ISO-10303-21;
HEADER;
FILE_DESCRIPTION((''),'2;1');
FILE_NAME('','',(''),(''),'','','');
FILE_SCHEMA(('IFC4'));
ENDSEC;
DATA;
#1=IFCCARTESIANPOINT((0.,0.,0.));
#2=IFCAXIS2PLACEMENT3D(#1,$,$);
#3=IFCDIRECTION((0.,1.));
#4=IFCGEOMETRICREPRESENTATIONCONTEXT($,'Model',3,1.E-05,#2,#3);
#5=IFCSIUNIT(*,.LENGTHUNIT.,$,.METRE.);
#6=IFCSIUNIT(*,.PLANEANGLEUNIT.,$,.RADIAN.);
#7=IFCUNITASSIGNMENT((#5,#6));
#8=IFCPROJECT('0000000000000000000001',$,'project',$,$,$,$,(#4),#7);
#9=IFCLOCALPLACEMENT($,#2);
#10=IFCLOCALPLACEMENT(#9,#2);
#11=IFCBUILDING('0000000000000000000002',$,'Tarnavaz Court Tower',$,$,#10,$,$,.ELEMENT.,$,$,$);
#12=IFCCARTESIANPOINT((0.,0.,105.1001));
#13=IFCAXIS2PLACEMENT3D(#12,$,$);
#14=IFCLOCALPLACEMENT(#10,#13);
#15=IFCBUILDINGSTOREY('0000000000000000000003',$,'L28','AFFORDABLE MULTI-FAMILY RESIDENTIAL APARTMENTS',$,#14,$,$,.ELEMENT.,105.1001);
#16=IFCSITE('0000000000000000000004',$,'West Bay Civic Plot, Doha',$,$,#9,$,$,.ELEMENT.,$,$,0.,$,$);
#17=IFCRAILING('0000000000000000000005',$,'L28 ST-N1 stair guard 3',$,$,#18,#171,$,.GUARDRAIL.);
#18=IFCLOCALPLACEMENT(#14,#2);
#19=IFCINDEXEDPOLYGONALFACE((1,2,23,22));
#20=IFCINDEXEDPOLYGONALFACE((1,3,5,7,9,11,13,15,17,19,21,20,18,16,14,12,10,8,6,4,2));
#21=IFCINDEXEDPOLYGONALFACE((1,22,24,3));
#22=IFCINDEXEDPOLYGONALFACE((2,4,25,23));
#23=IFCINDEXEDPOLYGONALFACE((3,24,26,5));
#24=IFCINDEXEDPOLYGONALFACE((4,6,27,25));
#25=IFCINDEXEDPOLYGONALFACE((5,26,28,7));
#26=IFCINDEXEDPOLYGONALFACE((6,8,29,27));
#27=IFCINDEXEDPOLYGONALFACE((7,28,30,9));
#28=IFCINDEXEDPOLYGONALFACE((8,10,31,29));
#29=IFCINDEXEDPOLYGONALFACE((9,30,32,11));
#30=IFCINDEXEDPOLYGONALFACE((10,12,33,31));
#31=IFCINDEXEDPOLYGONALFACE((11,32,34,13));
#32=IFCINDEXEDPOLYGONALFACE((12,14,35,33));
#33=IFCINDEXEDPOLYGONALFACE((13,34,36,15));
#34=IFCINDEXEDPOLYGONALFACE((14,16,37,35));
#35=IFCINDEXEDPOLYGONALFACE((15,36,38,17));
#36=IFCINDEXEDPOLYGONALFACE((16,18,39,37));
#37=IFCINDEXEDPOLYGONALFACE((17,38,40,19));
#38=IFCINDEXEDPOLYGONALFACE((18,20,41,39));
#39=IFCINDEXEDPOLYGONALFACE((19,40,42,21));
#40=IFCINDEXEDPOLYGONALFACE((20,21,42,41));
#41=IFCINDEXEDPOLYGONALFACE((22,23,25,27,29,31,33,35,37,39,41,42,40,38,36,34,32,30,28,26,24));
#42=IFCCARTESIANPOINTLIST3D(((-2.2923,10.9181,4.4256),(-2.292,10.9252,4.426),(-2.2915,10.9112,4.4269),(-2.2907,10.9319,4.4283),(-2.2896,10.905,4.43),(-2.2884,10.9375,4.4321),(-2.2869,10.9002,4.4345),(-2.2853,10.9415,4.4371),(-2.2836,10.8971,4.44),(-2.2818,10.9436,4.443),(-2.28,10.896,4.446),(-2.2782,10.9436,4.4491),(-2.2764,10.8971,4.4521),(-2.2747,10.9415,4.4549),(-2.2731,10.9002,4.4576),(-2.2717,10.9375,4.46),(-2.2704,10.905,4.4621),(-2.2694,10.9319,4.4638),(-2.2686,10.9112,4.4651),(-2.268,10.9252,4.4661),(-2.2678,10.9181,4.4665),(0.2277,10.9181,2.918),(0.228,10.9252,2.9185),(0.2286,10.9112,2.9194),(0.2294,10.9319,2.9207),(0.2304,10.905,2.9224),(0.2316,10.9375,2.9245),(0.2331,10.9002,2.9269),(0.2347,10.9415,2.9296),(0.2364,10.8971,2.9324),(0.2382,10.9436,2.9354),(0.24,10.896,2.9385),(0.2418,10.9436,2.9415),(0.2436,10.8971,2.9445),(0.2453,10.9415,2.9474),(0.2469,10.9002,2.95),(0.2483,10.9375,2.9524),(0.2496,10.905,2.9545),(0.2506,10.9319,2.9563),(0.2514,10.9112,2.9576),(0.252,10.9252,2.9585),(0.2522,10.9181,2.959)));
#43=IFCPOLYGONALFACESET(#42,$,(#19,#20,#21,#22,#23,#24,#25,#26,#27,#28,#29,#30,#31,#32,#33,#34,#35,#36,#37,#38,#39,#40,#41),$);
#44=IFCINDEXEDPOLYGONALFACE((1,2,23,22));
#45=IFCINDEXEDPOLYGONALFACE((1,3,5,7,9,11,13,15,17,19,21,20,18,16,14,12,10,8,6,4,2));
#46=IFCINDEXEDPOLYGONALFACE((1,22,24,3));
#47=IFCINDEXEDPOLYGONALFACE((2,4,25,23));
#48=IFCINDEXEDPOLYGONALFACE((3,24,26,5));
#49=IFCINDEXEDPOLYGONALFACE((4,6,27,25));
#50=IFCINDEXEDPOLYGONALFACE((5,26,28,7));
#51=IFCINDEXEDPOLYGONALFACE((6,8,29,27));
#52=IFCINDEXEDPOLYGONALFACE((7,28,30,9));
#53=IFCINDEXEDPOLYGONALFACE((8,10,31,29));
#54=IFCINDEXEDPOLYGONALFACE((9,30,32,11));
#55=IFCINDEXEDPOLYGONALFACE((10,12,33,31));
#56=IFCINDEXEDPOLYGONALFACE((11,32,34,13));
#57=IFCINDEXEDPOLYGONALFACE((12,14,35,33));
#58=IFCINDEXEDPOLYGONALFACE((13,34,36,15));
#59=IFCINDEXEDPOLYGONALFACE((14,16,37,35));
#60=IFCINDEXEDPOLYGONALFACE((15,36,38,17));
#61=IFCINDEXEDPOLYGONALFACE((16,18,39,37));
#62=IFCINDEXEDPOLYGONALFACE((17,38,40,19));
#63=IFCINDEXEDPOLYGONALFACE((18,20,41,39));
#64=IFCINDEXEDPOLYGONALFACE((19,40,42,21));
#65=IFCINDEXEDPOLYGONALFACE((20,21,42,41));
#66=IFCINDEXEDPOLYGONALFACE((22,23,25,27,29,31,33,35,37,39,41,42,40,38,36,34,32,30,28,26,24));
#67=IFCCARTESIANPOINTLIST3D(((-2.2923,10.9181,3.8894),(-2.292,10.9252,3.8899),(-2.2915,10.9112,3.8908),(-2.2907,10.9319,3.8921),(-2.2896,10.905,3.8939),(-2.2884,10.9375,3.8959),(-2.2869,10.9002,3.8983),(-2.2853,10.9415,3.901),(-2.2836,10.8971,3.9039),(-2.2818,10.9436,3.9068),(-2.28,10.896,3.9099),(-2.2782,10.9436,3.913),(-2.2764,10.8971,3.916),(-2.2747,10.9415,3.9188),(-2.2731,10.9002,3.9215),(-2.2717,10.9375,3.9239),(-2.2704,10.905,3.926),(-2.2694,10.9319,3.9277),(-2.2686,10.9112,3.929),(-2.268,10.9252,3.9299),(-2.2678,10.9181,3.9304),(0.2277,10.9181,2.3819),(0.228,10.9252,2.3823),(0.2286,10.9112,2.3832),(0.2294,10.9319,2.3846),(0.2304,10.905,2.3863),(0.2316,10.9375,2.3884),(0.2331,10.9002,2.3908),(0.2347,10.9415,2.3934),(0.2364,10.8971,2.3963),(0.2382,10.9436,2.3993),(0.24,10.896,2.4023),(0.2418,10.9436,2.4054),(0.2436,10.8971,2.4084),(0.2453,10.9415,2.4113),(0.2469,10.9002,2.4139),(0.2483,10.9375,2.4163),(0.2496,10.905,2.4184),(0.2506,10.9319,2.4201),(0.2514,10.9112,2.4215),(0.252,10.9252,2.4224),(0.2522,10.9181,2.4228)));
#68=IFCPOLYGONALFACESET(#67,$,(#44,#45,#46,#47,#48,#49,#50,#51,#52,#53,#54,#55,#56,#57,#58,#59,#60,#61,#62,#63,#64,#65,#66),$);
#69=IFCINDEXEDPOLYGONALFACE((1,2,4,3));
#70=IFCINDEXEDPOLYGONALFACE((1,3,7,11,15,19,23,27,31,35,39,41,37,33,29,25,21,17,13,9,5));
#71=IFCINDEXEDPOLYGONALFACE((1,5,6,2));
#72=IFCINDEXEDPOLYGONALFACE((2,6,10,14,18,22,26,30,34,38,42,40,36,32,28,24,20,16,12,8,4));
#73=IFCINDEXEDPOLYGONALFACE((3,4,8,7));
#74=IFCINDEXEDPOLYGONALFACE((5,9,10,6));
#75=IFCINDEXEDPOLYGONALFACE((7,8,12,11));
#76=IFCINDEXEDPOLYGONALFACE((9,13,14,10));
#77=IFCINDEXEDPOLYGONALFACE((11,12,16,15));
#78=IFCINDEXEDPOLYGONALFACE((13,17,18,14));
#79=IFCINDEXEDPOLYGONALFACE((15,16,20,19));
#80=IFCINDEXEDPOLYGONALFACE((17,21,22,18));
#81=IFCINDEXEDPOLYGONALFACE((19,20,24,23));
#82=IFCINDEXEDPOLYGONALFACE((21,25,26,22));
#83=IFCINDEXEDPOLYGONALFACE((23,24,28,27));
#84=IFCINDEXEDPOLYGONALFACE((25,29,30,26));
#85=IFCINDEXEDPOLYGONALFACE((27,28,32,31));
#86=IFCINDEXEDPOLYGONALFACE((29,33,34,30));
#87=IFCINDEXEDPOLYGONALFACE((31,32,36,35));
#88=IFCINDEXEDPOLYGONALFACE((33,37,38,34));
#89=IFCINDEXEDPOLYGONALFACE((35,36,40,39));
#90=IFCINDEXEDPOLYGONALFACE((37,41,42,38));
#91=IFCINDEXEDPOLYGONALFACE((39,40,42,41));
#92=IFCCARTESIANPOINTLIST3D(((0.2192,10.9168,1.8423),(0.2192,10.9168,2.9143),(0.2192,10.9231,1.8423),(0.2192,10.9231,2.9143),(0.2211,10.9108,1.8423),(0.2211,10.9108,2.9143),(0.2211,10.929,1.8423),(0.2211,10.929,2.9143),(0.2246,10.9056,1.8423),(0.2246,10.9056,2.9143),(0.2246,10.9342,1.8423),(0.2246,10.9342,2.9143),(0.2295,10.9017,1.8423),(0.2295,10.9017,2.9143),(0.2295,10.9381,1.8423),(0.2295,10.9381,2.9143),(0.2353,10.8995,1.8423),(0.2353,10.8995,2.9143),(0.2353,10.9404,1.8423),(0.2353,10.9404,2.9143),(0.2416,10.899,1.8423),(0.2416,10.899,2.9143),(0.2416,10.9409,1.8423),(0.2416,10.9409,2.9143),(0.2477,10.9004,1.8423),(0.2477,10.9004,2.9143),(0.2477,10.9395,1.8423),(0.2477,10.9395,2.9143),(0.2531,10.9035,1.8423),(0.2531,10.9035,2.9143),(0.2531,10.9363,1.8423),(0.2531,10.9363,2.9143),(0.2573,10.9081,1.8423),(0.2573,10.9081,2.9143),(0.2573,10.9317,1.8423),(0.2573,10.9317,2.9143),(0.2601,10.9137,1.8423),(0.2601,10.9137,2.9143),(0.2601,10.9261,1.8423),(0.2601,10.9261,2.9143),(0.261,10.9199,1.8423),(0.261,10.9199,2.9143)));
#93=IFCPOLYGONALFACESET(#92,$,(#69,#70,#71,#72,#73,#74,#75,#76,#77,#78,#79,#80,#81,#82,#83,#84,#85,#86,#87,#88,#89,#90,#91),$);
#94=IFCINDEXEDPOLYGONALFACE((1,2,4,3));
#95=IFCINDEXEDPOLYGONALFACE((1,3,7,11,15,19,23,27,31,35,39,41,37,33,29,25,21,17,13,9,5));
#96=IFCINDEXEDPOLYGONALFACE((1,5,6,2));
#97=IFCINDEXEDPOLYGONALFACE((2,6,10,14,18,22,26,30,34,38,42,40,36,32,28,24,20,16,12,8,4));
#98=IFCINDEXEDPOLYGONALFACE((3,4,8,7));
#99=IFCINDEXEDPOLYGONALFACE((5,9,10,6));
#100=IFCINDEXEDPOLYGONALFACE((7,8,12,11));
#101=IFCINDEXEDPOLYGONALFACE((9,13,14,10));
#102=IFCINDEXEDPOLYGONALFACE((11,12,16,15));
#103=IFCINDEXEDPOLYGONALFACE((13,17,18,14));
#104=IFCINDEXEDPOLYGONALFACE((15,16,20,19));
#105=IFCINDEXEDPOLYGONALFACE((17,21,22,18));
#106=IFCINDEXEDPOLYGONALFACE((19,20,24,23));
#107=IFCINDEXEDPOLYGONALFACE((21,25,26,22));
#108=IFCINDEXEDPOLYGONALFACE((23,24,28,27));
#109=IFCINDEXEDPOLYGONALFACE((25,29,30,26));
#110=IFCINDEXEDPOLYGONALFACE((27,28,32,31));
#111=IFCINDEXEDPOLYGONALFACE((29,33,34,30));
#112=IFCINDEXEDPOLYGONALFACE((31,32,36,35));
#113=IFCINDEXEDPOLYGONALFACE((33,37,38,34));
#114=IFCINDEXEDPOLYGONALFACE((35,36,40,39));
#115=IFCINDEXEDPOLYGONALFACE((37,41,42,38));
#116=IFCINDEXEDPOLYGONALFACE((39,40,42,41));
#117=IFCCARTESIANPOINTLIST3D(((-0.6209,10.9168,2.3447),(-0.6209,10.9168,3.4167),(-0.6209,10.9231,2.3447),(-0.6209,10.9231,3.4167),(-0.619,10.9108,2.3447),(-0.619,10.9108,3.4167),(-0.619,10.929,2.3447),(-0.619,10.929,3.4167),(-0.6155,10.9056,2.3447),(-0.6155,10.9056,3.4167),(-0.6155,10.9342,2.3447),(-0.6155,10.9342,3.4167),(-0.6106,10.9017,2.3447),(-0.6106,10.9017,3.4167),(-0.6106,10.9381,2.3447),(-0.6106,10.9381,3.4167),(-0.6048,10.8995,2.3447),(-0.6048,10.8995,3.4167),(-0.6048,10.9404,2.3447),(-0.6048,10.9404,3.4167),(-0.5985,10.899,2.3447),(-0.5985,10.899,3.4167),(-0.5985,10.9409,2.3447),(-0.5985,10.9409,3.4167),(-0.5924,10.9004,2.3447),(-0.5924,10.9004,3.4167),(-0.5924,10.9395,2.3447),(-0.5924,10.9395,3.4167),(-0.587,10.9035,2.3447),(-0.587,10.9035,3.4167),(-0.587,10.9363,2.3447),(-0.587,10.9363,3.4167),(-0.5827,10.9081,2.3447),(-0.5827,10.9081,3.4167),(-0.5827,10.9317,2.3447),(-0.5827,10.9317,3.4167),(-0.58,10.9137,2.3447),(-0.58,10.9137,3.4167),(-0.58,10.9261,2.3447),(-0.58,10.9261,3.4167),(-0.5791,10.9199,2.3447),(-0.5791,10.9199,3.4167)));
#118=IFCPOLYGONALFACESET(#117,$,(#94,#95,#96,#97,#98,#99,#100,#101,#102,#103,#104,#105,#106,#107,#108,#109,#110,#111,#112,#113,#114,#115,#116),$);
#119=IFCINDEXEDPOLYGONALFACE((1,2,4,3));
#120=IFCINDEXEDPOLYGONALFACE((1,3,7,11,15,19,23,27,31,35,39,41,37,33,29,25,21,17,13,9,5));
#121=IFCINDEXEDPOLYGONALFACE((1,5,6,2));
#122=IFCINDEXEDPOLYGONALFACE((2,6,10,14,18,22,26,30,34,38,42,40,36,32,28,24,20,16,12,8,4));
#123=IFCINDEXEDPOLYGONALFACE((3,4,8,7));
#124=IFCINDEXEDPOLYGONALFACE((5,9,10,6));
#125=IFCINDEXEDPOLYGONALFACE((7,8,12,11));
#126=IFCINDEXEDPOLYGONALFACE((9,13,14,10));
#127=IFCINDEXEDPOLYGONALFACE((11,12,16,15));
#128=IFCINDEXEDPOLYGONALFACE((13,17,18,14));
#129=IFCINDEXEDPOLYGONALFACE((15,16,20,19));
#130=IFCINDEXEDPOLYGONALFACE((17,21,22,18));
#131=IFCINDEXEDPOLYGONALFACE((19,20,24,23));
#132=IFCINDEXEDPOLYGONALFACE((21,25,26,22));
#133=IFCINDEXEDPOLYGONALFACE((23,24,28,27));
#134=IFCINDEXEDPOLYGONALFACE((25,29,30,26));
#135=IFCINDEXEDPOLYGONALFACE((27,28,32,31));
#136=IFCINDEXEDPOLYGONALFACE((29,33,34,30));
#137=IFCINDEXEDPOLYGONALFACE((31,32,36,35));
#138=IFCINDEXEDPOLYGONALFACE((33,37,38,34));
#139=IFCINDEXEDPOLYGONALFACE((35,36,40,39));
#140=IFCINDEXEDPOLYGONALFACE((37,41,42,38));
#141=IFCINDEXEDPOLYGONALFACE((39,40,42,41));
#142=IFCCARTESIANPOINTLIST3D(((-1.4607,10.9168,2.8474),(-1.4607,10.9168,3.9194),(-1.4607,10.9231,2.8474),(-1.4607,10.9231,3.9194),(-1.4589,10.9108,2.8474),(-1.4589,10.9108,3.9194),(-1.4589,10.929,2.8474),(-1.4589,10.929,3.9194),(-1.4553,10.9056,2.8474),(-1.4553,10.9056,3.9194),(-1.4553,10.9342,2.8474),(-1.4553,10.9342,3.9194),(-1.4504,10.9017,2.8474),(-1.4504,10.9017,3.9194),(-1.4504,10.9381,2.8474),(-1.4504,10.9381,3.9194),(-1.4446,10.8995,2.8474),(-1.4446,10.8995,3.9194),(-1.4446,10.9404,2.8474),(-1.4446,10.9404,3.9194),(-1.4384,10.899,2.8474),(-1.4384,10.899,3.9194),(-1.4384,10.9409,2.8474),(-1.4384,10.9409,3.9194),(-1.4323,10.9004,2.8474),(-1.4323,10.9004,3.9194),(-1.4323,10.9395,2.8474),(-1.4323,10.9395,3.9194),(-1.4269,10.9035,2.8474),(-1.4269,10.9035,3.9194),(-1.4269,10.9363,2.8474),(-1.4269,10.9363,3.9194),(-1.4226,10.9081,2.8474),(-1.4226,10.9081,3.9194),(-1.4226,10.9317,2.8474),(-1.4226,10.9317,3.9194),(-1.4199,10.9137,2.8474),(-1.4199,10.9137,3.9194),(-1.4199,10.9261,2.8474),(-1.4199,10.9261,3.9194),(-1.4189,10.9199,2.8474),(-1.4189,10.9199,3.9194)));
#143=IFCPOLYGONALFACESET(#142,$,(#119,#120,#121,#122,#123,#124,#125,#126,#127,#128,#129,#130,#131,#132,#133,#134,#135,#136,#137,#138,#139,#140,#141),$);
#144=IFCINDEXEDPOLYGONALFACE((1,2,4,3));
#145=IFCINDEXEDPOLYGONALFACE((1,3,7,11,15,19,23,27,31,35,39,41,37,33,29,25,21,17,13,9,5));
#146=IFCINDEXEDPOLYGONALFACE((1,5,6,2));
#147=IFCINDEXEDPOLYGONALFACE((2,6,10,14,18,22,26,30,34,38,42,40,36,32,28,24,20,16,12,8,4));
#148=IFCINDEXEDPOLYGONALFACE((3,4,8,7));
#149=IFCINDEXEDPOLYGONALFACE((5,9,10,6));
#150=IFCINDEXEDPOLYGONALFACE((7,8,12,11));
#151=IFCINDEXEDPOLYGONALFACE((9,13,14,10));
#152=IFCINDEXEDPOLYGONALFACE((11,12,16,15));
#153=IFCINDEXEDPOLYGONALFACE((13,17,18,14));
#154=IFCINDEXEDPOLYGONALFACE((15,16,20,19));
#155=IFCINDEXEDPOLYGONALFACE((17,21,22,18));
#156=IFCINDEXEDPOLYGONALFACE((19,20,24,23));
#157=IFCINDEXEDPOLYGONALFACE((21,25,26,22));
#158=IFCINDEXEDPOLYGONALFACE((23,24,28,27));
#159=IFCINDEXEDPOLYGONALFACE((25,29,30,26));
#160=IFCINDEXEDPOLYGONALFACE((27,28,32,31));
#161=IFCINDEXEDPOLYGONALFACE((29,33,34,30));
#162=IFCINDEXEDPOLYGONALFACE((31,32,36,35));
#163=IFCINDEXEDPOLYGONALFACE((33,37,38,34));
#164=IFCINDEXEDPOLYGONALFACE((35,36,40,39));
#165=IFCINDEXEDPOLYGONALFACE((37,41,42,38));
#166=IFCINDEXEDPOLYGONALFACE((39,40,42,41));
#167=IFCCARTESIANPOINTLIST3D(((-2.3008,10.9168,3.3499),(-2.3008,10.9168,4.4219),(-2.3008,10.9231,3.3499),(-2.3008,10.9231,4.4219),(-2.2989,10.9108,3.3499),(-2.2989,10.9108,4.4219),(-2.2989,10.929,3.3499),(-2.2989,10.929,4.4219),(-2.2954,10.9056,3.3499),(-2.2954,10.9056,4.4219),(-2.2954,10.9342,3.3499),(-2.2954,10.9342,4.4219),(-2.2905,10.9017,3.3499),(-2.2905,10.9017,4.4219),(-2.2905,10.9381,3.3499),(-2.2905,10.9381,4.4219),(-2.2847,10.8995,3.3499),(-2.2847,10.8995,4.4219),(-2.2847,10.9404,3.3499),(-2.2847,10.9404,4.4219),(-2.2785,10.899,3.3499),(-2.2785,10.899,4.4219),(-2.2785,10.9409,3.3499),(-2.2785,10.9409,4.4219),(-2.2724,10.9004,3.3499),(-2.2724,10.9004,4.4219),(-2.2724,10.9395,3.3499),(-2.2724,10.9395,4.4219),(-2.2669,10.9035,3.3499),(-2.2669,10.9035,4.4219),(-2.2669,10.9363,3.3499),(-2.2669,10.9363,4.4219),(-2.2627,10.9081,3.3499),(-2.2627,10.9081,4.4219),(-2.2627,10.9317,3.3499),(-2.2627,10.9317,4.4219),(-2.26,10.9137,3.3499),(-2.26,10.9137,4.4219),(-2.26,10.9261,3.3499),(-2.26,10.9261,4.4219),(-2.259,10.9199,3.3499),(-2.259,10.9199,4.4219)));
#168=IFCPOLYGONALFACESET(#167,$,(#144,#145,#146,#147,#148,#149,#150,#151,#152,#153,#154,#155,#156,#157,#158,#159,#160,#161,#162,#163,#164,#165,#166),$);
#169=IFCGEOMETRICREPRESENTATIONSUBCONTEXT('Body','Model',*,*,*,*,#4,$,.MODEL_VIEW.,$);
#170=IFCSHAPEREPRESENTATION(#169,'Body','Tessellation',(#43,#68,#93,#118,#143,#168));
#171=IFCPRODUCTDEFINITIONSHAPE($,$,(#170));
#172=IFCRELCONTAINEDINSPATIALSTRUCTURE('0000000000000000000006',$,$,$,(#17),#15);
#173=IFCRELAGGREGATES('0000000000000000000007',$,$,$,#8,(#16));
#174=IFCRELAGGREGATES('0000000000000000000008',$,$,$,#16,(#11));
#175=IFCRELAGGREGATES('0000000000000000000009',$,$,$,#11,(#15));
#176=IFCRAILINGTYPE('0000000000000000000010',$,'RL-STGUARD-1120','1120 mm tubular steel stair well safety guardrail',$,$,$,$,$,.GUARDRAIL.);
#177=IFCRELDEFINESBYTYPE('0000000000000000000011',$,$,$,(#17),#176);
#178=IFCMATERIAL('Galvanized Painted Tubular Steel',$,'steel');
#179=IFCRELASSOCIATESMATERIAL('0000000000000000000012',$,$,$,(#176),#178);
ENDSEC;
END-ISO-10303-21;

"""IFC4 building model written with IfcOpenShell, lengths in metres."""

from ifc_helpers import new_model, si_unit, direction, frame, origin, origin_2d, place, context, subcontext, project, spatial, circle, extrude, material, type_object, element, save


model = new_model("IFC4")

# Units and contexts
model_context = context("Model", 3, precision=1e-05, world=origin(), true_north=direction((0.0, 1.0)))
body_context = subcontext(model_context, "Body", "Model", "MODEL_VIEW")
ifc_project = project(units=[si_unit("LENGTHUNIT", "METRE"), si_unit("PLANEANGLEUNIT", "RADIAN")], contexts=[model_context])

# Site, building, storey
site_placement = place(None, origin())
site = spatial("IfcSite", under=ifc_project, at=site_placement, Name="West Bay Civic Plot, Doha", CompositionType="ELEMENT", RefElevation=0.0)
building_placement = place(site_placement, origin())
building = spatial("IfcBuilding", under=site, at=building_placement, Name="Tarnavaz Court Tower", CompositionType="ELEMENT")
storey_placement = place(building_placement, frame((0.0, 0.0, 105.1001)))
storey = spatial("IfcBuildingStorey", under=building, at=storey_placement, Name="L28", Description="AFFORDABLE MULTI-FAMILY RESIDENTIAL APARTMENTS", CompositionType="ELEMENT", Elevation=105.1001)

# Railing
ifc_material_1 = material(Name="Galvanized Painted Tubular Steel", Category="steel")
railing_type_1 = type_object("IfcRailingType", Name="RL-STGUARD-1120", Description="1120 mm tubular steel stair well safety guardrail", PredefinedType="GUARDRAIL", material=ifc_material_1)
railing_1_placement = place(storey_placement, frame((0.24, 10.9199, 1.8423)))
element("IfcRailing", 1, at=railing_1_placement, inside=storey, type_object=railing_type_1, Name="L28 ST-N1 stair guard 3", PredefinedType="GUARDRAIL", context=body_context, shape_type="SweptSolid", body=[
    extrude(circle(Radius=0.0239, at=origin_2d()), frame((0.0, 0.0, 1.0962), z_axis=(-0.85816, 0.0, 0.513383), x_axis=(0.0, -1.0, 0.0)), (0.0, 0.0, 1.0), 2.9365),
    extrude(circle(Radius=0.0239, at=origin_2d()), frame((0.0, 0.0, 0.5601), z_axis=(-0.85816, 0.0, 0.513383), x_axis=(0.0, -1.0, 0.0)), (0.0, 0.0, 1.0), 2.9365),
    extrude(circle(Radius=0.021, at=origin_2d()), origin(), (0.0, 0.0, 1.0), 1.072),
    extrude(circle(Radius=0.021, at=origin_2d()), frame((-0.8401, 0.0, 0.5024)), (0.0, 0.0, 1.0), 1.072),
    extrude(circle(Radius=0.021, at=origin_2d()), frame((-1.6799, 0.0, 1.0051)), (0.0, 0.0, 1.0), 1.072),
    extrude(circle(Radius=0.021, at=origin_2d()), frame((-2.52, 0.0, 1.5076)), (0.0, 0.0, 1.0), 1.072),
])

save(model, "model.ifc")
